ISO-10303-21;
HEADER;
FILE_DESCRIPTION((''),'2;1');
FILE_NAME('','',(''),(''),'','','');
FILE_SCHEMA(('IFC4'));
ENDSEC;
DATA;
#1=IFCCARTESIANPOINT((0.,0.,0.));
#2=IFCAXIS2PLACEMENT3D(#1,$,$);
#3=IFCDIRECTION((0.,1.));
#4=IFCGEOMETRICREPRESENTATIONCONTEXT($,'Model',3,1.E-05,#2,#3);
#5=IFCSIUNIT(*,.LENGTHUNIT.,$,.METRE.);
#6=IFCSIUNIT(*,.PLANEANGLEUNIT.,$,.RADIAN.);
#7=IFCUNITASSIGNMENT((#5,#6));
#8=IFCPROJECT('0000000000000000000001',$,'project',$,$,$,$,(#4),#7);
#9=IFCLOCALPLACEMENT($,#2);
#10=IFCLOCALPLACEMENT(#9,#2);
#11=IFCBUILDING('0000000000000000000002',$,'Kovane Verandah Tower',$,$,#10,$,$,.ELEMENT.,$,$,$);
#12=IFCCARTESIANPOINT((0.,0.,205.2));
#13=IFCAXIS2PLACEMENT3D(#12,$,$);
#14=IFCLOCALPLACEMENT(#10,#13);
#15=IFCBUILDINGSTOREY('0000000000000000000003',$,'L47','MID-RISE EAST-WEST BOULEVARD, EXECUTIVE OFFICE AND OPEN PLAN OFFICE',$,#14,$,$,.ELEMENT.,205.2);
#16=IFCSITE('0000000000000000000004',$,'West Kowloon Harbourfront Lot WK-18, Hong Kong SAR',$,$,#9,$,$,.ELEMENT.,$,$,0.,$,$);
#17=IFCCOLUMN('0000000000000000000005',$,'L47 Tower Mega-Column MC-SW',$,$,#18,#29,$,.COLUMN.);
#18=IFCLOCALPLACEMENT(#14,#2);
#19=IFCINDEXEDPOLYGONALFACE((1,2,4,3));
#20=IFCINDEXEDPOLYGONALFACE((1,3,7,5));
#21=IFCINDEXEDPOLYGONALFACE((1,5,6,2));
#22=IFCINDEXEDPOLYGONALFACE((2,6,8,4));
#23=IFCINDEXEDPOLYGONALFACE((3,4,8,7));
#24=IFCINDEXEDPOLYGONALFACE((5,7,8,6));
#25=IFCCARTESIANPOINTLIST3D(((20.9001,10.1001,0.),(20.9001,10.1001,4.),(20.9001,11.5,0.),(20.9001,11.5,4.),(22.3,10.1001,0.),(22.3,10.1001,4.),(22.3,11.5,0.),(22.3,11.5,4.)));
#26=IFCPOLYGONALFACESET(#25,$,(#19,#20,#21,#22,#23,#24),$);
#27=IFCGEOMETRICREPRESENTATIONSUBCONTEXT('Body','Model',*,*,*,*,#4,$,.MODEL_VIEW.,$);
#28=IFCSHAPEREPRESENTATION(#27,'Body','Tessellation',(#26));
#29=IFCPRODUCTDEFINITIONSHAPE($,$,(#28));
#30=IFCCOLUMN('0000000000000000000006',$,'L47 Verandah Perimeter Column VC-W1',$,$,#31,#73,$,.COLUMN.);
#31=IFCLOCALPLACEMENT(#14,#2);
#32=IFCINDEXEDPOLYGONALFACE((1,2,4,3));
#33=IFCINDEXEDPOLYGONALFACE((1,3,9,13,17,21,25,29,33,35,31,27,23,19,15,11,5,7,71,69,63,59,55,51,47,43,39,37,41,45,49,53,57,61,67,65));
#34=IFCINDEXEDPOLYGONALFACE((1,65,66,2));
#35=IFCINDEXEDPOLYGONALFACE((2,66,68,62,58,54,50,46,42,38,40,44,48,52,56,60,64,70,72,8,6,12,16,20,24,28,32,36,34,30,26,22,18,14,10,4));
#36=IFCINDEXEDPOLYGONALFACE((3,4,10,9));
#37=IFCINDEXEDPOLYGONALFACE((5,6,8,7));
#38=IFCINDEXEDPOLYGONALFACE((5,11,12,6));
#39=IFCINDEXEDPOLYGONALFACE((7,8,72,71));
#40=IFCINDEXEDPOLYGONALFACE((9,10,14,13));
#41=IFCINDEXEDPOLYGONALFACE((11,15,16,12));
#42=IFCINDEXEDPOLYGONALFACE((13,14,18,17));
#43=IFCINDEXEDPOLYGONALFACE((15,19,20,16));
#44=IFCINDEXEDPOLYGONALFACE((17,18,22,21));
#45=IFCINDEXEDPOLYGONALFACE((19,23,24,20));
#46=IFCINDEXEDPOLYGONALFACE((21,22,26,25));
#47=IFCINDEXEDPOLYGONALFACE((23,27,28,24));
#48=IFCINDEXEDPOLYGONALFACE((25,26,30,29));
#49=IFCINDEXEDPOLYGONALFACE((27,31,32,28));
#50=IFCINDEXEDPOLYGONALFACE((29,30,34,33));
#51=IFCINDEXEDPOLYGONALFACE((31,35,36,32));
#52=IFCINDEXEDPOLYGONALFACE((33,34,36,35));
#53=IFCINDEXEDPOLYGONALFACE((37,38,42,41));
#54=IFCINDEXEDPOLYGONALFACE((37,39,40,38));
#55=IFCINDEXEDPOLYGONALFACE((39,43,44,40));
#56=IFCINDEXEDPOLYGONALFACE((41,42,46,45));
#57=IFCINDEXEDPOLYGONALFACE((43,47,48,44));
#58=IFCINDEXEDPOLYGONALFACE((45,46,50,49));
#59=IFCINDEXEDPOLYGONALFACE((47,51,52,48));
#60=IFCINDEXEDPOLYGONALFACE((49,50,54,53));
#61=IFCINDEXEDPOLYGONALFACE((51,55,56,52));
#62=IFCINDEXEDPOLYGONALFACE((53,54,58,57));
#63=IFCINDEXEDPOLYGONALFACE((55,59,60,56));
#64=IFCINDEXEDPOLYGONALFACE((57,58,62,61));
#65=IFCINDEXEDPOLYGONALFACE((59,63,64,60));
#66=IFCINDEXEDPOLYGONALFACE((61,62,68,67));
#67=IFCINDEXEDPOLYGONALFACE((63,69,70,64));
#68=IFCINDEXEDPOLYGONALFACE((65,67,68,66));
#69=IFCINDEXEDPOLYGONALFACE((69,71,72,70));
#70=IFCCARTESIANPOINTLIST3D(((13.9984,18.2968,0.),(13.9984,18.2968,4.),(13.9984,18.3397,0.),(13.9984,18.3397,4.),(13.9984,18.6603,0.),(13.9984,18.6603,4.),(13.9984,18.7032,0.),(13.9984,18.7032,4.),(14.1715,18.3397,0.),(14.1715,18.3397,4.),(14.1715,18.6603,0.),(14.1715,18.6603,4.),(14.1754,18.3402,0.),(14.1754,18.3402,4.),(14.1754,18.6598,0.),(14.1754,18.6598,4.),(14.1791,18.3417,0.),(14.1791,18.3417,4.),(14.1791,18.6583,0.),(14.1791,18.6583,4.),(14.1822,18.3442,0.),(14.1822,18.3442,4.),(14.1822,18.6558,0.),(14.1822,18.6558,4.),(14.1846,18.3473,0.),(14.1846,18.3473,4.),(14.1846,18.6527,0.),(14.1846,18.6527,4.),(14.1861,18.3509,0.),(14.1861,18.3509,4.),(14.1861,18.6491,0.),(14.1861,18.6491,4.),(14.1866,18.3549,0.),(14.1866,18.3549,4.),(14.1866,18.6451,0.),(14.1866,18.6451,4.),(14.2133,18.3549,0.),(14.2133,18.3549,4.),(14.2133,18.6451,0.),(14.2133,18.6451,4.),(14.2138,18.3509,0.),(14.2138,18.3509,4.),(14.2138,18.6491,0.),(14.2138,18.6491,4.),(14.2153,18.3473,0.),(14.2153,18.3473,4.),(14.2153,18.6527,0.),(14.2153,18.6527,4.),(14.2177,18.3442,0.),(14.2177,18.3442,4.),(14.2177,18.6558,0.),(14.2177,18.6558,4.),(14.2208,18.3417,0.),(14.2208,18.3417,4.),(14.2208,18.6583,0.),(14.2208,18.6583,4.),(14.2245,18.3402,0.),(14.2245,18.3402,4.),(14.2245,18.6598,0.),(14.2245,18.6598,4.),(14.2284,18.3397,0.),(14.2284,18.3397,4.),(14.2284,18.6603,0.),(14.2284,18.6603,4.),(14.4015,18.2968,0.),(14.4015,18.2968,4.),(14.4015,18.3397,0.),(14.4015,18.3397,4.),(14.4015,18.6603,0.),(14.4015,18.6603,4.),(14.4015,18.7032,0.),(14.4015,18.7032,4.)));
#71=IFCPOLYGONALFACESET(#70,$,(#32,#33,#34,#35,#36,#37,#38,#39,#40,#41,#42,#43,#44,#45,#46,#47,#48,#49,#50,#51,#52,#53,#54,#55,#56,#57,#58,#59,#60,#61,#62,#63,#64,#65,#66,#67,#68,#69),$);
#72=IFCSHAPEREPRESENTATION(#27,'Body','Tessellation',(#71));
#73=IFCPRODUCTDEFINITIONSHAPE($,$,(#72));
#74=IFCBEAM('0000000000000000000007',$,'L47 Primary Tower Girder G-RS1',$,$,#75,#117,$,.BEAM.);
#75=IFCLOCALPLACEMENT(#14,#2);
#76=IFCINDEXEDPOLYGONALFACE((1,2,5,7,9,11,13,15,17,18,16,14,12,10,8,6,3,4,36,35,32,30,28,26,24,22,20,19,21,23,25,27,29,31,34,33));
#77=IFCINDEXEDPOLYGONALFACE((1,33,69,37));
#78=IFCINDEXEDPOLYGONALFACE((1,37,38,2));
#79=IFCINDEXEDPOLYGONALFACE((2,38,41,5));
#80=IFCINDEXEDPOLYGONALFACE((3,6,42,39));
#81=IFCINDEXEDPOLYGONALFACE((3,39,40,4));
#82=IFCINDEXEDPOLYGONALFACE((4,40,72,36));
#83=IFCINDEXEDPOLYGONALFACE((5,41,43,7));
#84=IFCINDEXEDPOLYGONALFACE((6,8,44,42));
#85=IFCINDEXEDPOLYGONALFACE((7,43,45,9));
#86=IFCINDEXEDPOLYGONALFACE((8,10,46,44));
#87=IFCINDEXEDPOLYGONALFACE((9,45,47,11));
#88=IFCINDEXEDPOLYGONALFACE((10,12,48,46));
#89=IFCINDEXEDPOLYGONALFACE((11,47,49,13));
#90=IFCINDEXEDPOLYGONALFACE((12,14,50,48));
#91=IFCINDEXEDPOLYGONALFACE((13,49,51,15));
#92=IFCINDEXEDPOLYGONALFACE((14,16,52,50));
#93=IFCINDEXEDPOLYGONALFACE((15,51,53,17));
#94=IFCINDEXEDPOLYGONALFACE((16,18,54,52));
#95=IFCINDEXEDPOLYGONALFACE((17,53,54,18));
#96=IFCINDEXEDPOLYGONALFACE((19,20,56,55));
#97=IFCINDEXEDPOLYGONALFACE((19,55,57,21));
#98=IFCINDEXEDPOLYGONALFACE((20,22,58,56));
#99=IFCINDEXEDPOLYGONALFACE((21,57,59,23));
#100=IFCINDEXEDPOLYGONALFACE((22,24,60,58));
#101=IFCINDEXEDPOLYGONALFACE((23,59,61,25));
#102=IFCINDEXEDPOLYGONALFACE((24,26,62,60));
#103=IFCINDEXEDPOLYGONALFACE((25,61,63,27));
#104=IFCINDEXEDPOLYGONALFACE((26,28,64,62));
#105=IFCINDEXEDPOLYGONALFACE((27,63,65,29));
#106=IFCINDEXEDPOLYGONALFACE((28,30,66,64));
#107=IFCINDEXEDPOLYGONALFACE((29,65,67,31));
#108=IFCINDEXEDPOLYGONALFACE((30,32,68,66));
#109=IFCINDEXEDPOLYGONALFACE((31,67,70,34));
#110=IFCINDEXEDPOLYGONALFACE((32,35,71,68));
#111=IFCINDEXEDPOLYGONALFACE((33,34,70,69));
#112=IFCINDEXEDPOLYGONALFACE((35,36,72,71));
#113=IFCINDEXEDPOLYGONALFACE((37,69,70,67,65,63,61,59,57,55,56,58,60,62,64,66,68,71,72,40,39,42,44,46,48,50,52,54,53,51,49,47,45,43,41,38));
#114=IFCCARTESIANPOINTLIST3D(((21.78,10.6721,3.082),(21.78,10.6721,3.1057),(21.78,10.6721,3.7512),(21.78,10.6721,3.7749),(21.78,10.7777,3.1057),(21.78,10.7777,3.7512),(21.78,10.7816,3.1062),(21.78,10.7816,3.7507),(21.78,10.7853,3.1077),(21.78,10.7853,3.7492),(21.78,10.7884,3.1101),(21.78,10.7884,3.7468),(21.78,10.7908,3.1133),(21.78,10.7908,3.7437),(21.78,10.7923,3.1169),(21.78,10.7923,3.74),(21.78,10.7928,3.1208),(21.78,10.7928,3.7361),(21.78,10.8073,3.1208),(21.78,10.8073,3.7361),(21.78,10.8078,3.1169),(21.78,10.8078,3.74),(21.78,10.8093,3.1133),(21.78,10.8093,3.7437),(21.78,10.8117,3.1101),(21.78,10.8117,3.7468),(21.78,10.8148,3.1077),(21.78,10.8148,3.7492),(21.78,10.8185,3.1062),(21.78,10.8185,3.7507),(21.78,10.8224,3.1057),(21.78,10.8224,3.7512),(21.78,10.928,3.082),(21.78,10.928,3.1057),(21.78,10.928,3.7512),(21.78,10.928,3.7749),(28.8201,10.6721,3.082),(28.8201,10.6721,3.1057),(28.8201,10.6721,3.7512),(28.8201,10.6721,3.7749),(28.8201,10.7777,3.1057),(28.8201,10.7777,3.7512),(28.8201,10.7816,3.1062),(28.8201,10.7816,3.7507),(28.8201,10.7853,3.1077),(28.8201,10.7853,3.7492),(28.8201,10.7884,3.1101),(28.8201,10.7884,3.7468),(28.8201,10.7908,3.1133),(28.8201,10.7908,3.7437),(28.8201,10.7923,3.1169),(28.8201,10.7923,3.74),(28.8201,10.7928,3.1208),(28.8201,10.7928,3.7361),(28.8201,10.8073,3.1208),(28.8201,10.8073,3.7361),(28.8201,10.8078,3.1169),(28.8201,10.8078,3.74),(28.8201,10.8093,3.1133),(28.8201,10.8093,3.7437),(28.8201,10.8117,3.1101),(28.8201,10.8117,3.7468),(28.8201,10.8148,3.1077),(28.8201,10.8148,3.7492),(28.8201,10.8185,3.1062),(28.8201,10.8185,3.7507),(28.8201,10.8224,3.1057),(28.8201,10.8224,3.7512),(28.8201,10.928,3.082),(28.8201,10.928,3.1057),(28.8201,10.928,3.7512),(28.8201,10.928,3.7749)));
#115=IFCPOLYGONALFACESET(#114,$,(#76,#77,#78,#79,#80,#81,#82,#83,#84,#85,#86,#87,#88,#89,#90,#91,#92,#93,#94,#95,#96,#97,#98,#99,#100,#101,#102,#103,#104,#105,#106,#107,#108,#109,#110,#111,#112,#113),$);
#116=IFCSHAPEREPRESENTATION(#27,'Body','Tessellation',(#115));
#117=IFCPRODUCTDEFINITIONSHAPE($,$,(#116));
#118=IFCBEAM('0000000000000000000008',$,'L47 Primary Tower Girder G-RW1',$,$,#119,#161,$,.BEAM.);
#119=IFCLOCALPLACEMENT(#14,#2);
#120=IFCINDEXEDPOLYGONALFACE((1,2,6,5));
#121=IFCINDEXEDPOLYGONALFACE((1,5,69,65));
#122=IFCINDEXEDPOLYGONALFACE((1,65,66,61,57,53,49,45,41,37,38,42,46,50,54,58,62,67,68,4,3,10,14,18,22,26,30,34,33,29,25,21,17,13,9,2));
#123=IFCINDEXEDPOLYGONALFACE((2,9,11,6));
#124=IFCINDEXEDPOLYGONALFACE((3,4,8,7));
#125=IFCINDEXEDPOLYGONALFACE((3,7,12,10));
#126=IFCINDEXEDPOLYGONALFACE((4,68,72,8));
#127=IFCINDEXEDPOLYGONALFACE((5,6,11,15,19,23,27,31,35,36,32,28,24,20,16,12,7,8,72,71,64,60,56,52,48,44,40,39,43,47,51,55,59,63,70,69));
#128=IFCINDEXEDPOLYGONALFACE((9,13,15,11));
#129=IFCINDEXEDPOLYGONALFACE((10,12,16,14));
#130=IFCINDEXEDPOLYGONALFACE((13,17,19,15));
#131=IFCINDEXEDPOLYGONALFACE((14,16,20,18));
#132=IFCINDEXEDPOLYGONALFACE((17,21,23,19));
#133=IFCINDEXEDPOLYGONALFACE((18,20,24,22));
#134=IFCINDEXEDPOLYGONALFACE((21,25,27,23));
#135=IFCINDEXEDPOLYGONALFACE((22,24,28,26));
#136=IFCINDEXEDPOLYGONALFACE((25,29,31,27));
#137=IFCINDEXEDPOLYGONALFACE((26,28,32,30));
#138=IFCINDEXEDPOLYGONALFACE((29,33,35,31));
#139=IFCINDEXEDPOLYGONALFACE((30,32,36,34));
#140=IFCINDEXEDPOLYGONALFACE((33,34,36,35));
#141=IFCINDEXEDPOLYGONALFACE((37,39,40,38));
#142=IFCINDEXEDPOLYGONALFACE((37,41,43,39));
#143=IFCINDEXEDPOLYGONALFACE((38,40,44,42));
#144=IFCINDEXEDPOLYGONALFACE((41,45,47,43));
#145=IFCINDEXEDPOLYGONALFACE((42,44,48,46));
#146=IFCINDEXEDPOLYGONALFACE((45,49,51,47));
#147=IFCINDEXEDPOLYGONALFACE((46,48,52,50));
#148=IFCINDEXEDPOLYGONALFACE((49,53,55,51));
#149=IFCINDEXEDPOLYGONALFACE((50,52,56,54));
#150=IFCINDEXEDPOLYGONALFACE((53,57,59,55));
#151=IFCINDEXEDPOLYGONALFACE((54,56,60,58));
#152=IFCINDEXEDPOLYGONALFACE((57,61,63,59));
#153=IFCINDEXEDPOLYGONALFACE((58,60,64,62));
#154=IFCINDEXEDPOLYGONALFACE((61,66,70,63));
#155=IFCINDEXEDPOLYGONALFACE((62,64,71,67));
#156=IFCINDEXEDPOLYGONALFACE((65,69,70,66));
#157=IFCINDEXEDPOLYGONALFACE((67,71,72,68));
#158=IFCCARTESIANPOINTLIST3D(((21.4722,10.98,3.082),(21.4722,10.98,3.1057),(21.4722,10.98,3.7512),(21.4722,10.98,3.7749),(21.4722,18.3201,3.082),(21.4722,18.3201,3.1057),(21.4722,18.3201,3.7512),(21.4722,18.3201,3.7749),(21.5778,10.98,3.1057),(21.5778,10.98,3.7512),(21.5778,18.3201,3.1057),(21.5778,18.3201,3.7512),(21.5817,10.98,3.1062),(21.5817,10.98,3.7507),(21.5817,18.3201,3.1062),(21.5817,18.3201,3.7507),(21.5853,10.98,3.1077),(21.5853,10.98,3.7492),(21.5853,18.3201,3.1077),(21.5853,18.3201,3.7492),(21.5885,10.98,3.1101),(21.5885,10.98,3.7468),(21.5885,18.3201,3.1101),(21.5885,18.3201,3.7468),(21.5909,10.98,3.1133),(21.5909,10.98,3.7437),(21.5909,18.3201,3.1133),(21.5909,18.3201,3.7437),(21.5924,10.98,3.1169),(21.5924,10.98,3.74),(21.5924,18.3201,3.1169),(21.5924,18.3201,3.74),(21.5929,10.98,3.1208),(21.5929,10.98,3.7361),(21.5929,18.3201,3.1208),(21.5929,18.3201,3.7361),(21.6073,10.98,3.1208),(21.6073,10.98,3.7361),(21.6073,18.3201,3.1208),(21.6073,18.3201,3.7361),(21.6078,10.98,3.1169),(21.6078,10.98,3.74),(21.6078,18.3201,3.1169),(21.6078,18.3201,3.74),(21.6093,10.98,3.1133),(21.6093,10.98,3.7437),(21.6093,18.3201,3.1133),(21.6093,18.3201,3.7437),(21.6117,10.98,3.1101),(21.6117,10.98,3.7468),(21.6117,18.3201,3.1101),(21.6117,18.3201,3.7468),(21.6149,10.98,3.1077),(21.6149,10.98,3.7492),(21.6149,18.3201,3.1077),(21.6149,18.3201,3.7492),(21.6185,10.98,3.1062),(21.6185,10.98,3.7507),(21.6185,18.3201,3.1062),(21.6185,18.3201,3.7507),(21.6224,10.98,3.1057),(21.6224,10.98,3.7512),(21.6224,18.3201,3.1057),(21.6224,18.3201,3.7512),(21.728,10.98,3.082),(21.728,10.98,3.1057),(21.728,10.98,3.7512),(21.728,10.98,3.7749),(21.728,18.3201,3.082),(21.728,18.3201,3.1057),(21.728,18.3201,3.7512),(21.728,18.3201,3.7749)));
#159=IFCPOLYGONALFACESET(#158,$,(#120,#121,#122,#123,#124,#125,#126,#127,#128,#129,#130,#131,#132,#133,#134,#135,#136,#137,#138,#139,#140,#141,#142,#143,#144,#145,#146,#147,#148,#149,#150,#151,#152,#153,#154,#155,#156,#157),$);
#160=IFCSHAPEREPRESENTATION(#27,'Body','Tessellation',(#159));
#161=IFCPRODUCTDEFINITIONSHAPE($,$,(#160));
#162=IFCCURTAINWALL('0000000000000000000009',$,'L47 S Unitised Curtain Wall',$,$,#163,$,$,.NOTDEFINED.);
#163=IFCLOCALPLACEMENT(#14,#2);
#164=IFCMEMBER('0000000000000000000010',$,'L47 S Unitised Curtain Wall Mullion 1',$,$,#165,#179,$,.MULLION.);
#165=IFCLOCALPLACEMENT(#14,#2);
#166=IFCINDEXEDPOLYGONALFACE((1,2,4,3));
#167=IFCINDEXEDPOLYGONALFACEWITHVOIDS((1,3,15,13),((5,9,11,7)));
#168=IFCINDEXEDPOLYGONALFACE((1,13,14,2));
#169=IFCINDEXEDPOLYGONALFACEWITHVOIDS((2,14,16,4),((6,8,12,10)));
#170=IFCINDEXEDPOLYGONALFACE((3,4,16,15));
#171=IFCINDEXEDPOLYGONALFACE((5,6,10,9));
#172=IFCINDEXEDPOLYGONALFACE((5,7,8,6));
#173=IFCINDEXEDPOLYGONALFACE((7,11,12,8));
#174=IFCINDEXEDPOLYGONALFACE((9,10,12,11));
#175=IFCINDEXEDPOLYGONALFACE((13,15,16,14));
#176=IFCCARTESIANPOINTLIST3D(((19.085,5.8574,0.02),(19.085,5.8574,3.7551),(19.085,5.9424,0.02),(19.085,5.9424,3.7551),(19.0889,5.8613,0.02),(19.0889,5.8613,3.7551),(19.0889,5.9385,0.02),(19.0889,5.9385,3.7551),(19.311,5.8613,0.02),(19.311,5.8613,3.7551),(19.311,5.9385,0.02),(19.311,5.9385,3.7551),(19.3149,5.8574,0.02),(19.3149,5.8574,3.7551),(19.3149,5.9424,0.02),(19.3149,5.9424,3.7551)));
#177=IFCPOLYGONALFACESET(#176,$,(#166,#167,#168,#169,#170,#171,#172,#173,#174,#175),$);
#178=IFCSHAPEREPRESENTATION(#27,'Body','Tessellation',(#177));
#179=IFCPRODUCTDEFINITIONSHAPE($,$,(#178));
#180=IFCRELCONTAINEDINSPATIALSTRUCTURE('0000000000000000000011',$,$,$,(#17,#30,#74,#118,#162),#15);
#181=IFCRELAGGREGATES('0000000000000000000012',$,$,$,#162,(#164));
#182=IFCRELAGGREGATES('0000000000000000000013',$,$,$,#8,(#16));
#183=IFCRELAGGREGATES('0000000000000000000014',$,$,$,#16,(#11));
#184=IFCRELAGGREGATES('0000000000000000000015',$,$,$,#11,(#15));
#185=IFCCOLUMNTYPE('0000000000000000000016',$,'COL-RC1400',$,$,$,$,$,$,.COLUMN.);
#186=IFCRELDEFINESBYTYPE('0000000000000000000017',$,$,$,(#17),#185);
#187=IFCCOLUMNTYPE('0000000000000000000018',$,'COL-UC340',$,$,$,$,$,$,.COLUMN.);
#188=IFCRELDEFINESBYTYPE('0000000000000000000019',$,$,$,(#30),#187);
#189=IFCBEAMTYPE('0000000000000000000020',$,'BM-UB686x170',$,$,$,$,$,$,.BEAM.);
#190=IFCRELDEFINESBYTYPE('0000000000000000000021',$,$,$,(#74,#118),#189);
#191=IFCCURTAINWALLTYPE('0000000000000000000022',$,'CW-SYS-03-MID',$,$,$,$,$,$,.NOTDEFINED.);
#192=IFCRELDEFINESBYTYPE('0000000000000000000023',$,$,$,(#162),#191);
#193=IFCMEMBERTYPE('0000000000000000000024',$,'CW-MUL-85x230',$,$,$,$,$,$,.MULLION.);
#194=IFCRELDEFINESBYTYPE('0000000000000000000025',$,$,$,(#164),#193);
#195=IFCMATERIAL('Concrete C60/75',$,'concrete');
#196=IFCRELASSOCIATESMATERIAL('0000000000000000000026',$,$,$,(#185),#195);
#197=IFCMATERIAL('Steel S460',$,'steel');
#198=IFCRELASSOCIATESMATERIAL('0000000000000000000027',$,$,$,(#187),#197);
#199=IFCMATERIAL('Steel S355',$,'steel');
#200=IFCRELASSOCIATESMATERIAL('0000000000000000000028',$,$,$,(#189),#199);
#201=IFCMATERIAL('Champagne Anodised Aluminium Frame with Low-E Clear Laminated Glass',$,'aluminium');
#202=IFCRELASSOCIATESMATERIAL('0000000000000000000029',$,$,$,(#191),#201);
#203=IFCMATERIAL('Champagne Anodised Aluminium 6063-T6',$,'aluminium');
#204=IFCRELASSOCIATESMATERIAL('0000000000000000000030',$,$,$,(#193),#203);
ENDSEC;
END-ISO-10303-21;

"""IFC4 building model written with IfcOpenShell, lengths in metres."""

from ifc_helpers import new_model, si_unit, direction, frame, origin, origin_2d, place, context, subcontext, project, spatial, rectangle, hollow_rectangle, i_section, extrude, material, material_profile, profile_set, type_object, element, aggregate, save


model = new_model("IFC4")

# Units and contexts
model_context = context("Model", 3, precision=1e-05, world=origin(), true_north=direction((0.0, 1.0)))
body_context = subcontext(model_context, "Body", "Model", "MODEL_VIEW")
ifc_project = project(units=[si_unit("LENGTHUNIT", "METRE"), si_unit("PLANEANGLEUNIT", "RADIAN")], contexts=[model_context])

# Site, building, storey
site_placement = place(None, origin())
site = spatial("IfcSite", under=ifc_project, at=site_placement, Name="West Kowloon Harbourfront Lot WK-18, Hong Kong SAR", CompositionType="ELEMENT", RefElevation=0.0)
building_placement = place(site_placement, origin())
building = spatial("IfcBuilding", under=site, at=building_placement, Name="Kovane Verandah Tower", CompositionType="ELEMENT")
storey_placement = place(building_placement, frame((0.0, 0.0, 205.2)))
storey = spatial("IfcBuildingStorey", under=building, at=storey_placement, Name="L47", Description="MID-RISE EAST-WEST BOULEVARD, EXECUTIVE OFFICE AND OPEN PLAN OFFICE", CompositionType="ELEMENT", Elevation=205.2)

# Columns
ifc_material_1 = material(Name="Concrete C60/75", Category="concrete")
ifc_material_profile_1 = material_profile(ifc_material_1, rectangle(XDim=1.3999, YDim=1.3999, at=origin_2d()), Name="RC1400x1400")
ifc_profile_set_1 = profile_set([ifc_material_profile_1], Name="Concrete C60/75")
column_type_1 = type_object("IfcColumnType", Name="COL-RC1400", PredefinedType="COLUMN", material=ifc_profile_set_1)
column_1_placement = place(storey_placement, frame((21.6001, 10.8, 0.0), z_axis=(0.0, 0.0, 1.0), x_axis=(1.0, 0.0, 0.0)))
element("IfcColumn", 1, at=column_1_placement, inside=storey, type_object=column_type_1, Name="L47 Tower Mega-Column MC-SW", PredefinedType="COLUMN", context=body_context, shape_type="SweptSolid", body=[
    extrude(rectangle(XDim=1.3999, YDim=1.3999, at=origin_2d()), origin(), (0.0, 0.0, 1.0), 4.0),
])
ifc_material_2 = material(Name="Steel S460", Category="steel")
ifc_material_profile_2 = material_profile(ifc_material_2, i_section(OverallWidth=0.4031, OverallDepth=0.4065, WebThickness=0.0266, FlangeThickness=0.043, FilletRadius=0.0151, at=origin_2d()), Name="UC356x406x340")
ifc_profile_set_2 = profile_set([ifc_material_profile_2], Name="Steel S460")
column_type_2 = type_object("IfcColumnType", Name="COL-UC340", PredefinedType="COLUMN", material=ifc_profile_set_2)
column_2_placement = place(storey_placement, frame((14.2, 18.5, 0.0), z_axis=(0.0, 0.0, 1.0), x_axis=(1.0, 0.0, 0.0)))
element("IfcColumn", 2, at=column_2_placement, inside=storey, type_object=column_type_2, Name="L47 Verandah Perimeter Column VC-W1", PredefinedType="COLUMN", context=body_context, shape_type="SweptSolid", body=[
    extrude(i_section(OverallWidth=0.4031, OverallDepth=0.4065, WebThickness=0.0266, FlangeThickness=0.043, FilletRadius=0.0151, at=origin_2d()), origin(), (0.0, 0.0, 1.0), 4.0),
])

# Beams
ifc_material_3 = material(Name="Steel S355", Category="steel")
ifc_material_profile_3 = material_profile(ifc_material_3, i_section(OverallWidth=0.2559, OverallDepth=0.6929, WebThickness=0.0144, FlangeThickness=0.0237, FilletRadius=0.0151, at=origin_2d()), Name="UB686x254x170")
ifc_profile_set_3 = profile_set([ifc_material_profile_3], Name="Steel S355")
beam_type_1 = type_object("IfcBeamType", Name="BM-UB686x170", PredefinedType="BEAM", material=ifc_profile_set_3)
beam_1_placement = place(storey_placement, frame((21.78, 10.8, 3.4285), z_axis=(1.0, 0.0, 0.0), x_axis=(0.0, 1.0, 0.0)))
element("IfcBeam", 3, at=beam_1_placement, inside=storey, type_object=beam_type_1, Name="L47 Primary Tower Girder G-RS1", PredefinedType="BEAM", context=body_context, shape_type="SweptSolid", body=[
    extrude(i_section(OverallWidth=0.2559, OverallDepth=0.6929, WebThickness=0.0144, FlangeThickness=0.0237, FilletRadius=0.0151, at=origin_2d()), origin(), (0.0, 0.0, 1.0), 7.04),
])
beam_2_placement = place(storey_placement, frame((21.6001, 10.98, 3.4285), z_axis=(0.0, 1.0, 0.0), x_axis=(-1.0, 0.0, 0.0)))
element("IfcBeam", 4, at=beam_2_placement, inside=storey, type_object=beam_type_1, Name="L47 Primary Tower Girder G-RW1", PredefinedType="BEAM", context=body_context, shape_type="SweptSolid", body=[
    extrude(i_section(OverallWidth=0.2559, OverallDepth=0.6929, WebThickness=0.0144, FlangeThickness=0.0237, FilletRadius=0.0151, at=origin_2d()), origin(), (0.0, 0.0, 1.0), 7.3401),
])

# Curtain wall, member
ifc_material_4 = material(Name="Champagne Anodised Aluminium Frame with Low-E Clear Laminated Glass", Category="aluminium")
curtain_wall_type = type_object("IfcCurtainWallType", Name="CW-SYS-03-MID", PredefinedType="NOTDEFINED", material=ifc_material_4)
curtain_wall_placement = place(storey_placement, origin())
curtain_wall = element("IfcCurtainWall", 5, at=curtain_wall_placement, inside=storey, type_object=curtain_wall_type, Name="L47 S Unitised Curtain Wall", PredefinedType="NOTDEFINED")
ifc_material_5 = material(Name="Champagne Anodised Aluminium 6063-T6", Category="aluminium")
ifc_material_profile_4 = material_profile(ifc_material_5, hollow_rectangle(XDim=0.085, YDim=0.23, WallThickness=0.0039, at=origin_2d()), Name="AL85x230x4")
ifc_profile_set_4 = profile_set([ifc_material_profile_4], Name="Champagne Anodised Aluminium 6063-T6")
member_type_1 = type_object("IfcMemberType", Name="CW-MUL-85x230", PredefinedType="MULLION", material=ifc_profile_set_4)
member_1_placement = place(storey_placement, frame((19.2, 5.8999, 0.02), z_axis=(0.0, 0.0, 1.0), x_axis=(0.0, -1.0, 0.0)))
member_1 = element("IfcMember", 6, at=member_1_placement, type_object=member_type_1, Name="L47 S Unitised Curtain Wall Mullion 1", PredefinedType="MULLION", context=body_context, shape_type="SweptSolid", body=[
    extrude(hollow_rectangle(XDim=0.085, YDim=0.23, WallThickness=0.0039, at=origin_2d()), origin(), (0.0, 0.0, 1.0), 3.7351),
])

aggregate(curtain_wall, [member_1])

save(model, "model.ifc")
